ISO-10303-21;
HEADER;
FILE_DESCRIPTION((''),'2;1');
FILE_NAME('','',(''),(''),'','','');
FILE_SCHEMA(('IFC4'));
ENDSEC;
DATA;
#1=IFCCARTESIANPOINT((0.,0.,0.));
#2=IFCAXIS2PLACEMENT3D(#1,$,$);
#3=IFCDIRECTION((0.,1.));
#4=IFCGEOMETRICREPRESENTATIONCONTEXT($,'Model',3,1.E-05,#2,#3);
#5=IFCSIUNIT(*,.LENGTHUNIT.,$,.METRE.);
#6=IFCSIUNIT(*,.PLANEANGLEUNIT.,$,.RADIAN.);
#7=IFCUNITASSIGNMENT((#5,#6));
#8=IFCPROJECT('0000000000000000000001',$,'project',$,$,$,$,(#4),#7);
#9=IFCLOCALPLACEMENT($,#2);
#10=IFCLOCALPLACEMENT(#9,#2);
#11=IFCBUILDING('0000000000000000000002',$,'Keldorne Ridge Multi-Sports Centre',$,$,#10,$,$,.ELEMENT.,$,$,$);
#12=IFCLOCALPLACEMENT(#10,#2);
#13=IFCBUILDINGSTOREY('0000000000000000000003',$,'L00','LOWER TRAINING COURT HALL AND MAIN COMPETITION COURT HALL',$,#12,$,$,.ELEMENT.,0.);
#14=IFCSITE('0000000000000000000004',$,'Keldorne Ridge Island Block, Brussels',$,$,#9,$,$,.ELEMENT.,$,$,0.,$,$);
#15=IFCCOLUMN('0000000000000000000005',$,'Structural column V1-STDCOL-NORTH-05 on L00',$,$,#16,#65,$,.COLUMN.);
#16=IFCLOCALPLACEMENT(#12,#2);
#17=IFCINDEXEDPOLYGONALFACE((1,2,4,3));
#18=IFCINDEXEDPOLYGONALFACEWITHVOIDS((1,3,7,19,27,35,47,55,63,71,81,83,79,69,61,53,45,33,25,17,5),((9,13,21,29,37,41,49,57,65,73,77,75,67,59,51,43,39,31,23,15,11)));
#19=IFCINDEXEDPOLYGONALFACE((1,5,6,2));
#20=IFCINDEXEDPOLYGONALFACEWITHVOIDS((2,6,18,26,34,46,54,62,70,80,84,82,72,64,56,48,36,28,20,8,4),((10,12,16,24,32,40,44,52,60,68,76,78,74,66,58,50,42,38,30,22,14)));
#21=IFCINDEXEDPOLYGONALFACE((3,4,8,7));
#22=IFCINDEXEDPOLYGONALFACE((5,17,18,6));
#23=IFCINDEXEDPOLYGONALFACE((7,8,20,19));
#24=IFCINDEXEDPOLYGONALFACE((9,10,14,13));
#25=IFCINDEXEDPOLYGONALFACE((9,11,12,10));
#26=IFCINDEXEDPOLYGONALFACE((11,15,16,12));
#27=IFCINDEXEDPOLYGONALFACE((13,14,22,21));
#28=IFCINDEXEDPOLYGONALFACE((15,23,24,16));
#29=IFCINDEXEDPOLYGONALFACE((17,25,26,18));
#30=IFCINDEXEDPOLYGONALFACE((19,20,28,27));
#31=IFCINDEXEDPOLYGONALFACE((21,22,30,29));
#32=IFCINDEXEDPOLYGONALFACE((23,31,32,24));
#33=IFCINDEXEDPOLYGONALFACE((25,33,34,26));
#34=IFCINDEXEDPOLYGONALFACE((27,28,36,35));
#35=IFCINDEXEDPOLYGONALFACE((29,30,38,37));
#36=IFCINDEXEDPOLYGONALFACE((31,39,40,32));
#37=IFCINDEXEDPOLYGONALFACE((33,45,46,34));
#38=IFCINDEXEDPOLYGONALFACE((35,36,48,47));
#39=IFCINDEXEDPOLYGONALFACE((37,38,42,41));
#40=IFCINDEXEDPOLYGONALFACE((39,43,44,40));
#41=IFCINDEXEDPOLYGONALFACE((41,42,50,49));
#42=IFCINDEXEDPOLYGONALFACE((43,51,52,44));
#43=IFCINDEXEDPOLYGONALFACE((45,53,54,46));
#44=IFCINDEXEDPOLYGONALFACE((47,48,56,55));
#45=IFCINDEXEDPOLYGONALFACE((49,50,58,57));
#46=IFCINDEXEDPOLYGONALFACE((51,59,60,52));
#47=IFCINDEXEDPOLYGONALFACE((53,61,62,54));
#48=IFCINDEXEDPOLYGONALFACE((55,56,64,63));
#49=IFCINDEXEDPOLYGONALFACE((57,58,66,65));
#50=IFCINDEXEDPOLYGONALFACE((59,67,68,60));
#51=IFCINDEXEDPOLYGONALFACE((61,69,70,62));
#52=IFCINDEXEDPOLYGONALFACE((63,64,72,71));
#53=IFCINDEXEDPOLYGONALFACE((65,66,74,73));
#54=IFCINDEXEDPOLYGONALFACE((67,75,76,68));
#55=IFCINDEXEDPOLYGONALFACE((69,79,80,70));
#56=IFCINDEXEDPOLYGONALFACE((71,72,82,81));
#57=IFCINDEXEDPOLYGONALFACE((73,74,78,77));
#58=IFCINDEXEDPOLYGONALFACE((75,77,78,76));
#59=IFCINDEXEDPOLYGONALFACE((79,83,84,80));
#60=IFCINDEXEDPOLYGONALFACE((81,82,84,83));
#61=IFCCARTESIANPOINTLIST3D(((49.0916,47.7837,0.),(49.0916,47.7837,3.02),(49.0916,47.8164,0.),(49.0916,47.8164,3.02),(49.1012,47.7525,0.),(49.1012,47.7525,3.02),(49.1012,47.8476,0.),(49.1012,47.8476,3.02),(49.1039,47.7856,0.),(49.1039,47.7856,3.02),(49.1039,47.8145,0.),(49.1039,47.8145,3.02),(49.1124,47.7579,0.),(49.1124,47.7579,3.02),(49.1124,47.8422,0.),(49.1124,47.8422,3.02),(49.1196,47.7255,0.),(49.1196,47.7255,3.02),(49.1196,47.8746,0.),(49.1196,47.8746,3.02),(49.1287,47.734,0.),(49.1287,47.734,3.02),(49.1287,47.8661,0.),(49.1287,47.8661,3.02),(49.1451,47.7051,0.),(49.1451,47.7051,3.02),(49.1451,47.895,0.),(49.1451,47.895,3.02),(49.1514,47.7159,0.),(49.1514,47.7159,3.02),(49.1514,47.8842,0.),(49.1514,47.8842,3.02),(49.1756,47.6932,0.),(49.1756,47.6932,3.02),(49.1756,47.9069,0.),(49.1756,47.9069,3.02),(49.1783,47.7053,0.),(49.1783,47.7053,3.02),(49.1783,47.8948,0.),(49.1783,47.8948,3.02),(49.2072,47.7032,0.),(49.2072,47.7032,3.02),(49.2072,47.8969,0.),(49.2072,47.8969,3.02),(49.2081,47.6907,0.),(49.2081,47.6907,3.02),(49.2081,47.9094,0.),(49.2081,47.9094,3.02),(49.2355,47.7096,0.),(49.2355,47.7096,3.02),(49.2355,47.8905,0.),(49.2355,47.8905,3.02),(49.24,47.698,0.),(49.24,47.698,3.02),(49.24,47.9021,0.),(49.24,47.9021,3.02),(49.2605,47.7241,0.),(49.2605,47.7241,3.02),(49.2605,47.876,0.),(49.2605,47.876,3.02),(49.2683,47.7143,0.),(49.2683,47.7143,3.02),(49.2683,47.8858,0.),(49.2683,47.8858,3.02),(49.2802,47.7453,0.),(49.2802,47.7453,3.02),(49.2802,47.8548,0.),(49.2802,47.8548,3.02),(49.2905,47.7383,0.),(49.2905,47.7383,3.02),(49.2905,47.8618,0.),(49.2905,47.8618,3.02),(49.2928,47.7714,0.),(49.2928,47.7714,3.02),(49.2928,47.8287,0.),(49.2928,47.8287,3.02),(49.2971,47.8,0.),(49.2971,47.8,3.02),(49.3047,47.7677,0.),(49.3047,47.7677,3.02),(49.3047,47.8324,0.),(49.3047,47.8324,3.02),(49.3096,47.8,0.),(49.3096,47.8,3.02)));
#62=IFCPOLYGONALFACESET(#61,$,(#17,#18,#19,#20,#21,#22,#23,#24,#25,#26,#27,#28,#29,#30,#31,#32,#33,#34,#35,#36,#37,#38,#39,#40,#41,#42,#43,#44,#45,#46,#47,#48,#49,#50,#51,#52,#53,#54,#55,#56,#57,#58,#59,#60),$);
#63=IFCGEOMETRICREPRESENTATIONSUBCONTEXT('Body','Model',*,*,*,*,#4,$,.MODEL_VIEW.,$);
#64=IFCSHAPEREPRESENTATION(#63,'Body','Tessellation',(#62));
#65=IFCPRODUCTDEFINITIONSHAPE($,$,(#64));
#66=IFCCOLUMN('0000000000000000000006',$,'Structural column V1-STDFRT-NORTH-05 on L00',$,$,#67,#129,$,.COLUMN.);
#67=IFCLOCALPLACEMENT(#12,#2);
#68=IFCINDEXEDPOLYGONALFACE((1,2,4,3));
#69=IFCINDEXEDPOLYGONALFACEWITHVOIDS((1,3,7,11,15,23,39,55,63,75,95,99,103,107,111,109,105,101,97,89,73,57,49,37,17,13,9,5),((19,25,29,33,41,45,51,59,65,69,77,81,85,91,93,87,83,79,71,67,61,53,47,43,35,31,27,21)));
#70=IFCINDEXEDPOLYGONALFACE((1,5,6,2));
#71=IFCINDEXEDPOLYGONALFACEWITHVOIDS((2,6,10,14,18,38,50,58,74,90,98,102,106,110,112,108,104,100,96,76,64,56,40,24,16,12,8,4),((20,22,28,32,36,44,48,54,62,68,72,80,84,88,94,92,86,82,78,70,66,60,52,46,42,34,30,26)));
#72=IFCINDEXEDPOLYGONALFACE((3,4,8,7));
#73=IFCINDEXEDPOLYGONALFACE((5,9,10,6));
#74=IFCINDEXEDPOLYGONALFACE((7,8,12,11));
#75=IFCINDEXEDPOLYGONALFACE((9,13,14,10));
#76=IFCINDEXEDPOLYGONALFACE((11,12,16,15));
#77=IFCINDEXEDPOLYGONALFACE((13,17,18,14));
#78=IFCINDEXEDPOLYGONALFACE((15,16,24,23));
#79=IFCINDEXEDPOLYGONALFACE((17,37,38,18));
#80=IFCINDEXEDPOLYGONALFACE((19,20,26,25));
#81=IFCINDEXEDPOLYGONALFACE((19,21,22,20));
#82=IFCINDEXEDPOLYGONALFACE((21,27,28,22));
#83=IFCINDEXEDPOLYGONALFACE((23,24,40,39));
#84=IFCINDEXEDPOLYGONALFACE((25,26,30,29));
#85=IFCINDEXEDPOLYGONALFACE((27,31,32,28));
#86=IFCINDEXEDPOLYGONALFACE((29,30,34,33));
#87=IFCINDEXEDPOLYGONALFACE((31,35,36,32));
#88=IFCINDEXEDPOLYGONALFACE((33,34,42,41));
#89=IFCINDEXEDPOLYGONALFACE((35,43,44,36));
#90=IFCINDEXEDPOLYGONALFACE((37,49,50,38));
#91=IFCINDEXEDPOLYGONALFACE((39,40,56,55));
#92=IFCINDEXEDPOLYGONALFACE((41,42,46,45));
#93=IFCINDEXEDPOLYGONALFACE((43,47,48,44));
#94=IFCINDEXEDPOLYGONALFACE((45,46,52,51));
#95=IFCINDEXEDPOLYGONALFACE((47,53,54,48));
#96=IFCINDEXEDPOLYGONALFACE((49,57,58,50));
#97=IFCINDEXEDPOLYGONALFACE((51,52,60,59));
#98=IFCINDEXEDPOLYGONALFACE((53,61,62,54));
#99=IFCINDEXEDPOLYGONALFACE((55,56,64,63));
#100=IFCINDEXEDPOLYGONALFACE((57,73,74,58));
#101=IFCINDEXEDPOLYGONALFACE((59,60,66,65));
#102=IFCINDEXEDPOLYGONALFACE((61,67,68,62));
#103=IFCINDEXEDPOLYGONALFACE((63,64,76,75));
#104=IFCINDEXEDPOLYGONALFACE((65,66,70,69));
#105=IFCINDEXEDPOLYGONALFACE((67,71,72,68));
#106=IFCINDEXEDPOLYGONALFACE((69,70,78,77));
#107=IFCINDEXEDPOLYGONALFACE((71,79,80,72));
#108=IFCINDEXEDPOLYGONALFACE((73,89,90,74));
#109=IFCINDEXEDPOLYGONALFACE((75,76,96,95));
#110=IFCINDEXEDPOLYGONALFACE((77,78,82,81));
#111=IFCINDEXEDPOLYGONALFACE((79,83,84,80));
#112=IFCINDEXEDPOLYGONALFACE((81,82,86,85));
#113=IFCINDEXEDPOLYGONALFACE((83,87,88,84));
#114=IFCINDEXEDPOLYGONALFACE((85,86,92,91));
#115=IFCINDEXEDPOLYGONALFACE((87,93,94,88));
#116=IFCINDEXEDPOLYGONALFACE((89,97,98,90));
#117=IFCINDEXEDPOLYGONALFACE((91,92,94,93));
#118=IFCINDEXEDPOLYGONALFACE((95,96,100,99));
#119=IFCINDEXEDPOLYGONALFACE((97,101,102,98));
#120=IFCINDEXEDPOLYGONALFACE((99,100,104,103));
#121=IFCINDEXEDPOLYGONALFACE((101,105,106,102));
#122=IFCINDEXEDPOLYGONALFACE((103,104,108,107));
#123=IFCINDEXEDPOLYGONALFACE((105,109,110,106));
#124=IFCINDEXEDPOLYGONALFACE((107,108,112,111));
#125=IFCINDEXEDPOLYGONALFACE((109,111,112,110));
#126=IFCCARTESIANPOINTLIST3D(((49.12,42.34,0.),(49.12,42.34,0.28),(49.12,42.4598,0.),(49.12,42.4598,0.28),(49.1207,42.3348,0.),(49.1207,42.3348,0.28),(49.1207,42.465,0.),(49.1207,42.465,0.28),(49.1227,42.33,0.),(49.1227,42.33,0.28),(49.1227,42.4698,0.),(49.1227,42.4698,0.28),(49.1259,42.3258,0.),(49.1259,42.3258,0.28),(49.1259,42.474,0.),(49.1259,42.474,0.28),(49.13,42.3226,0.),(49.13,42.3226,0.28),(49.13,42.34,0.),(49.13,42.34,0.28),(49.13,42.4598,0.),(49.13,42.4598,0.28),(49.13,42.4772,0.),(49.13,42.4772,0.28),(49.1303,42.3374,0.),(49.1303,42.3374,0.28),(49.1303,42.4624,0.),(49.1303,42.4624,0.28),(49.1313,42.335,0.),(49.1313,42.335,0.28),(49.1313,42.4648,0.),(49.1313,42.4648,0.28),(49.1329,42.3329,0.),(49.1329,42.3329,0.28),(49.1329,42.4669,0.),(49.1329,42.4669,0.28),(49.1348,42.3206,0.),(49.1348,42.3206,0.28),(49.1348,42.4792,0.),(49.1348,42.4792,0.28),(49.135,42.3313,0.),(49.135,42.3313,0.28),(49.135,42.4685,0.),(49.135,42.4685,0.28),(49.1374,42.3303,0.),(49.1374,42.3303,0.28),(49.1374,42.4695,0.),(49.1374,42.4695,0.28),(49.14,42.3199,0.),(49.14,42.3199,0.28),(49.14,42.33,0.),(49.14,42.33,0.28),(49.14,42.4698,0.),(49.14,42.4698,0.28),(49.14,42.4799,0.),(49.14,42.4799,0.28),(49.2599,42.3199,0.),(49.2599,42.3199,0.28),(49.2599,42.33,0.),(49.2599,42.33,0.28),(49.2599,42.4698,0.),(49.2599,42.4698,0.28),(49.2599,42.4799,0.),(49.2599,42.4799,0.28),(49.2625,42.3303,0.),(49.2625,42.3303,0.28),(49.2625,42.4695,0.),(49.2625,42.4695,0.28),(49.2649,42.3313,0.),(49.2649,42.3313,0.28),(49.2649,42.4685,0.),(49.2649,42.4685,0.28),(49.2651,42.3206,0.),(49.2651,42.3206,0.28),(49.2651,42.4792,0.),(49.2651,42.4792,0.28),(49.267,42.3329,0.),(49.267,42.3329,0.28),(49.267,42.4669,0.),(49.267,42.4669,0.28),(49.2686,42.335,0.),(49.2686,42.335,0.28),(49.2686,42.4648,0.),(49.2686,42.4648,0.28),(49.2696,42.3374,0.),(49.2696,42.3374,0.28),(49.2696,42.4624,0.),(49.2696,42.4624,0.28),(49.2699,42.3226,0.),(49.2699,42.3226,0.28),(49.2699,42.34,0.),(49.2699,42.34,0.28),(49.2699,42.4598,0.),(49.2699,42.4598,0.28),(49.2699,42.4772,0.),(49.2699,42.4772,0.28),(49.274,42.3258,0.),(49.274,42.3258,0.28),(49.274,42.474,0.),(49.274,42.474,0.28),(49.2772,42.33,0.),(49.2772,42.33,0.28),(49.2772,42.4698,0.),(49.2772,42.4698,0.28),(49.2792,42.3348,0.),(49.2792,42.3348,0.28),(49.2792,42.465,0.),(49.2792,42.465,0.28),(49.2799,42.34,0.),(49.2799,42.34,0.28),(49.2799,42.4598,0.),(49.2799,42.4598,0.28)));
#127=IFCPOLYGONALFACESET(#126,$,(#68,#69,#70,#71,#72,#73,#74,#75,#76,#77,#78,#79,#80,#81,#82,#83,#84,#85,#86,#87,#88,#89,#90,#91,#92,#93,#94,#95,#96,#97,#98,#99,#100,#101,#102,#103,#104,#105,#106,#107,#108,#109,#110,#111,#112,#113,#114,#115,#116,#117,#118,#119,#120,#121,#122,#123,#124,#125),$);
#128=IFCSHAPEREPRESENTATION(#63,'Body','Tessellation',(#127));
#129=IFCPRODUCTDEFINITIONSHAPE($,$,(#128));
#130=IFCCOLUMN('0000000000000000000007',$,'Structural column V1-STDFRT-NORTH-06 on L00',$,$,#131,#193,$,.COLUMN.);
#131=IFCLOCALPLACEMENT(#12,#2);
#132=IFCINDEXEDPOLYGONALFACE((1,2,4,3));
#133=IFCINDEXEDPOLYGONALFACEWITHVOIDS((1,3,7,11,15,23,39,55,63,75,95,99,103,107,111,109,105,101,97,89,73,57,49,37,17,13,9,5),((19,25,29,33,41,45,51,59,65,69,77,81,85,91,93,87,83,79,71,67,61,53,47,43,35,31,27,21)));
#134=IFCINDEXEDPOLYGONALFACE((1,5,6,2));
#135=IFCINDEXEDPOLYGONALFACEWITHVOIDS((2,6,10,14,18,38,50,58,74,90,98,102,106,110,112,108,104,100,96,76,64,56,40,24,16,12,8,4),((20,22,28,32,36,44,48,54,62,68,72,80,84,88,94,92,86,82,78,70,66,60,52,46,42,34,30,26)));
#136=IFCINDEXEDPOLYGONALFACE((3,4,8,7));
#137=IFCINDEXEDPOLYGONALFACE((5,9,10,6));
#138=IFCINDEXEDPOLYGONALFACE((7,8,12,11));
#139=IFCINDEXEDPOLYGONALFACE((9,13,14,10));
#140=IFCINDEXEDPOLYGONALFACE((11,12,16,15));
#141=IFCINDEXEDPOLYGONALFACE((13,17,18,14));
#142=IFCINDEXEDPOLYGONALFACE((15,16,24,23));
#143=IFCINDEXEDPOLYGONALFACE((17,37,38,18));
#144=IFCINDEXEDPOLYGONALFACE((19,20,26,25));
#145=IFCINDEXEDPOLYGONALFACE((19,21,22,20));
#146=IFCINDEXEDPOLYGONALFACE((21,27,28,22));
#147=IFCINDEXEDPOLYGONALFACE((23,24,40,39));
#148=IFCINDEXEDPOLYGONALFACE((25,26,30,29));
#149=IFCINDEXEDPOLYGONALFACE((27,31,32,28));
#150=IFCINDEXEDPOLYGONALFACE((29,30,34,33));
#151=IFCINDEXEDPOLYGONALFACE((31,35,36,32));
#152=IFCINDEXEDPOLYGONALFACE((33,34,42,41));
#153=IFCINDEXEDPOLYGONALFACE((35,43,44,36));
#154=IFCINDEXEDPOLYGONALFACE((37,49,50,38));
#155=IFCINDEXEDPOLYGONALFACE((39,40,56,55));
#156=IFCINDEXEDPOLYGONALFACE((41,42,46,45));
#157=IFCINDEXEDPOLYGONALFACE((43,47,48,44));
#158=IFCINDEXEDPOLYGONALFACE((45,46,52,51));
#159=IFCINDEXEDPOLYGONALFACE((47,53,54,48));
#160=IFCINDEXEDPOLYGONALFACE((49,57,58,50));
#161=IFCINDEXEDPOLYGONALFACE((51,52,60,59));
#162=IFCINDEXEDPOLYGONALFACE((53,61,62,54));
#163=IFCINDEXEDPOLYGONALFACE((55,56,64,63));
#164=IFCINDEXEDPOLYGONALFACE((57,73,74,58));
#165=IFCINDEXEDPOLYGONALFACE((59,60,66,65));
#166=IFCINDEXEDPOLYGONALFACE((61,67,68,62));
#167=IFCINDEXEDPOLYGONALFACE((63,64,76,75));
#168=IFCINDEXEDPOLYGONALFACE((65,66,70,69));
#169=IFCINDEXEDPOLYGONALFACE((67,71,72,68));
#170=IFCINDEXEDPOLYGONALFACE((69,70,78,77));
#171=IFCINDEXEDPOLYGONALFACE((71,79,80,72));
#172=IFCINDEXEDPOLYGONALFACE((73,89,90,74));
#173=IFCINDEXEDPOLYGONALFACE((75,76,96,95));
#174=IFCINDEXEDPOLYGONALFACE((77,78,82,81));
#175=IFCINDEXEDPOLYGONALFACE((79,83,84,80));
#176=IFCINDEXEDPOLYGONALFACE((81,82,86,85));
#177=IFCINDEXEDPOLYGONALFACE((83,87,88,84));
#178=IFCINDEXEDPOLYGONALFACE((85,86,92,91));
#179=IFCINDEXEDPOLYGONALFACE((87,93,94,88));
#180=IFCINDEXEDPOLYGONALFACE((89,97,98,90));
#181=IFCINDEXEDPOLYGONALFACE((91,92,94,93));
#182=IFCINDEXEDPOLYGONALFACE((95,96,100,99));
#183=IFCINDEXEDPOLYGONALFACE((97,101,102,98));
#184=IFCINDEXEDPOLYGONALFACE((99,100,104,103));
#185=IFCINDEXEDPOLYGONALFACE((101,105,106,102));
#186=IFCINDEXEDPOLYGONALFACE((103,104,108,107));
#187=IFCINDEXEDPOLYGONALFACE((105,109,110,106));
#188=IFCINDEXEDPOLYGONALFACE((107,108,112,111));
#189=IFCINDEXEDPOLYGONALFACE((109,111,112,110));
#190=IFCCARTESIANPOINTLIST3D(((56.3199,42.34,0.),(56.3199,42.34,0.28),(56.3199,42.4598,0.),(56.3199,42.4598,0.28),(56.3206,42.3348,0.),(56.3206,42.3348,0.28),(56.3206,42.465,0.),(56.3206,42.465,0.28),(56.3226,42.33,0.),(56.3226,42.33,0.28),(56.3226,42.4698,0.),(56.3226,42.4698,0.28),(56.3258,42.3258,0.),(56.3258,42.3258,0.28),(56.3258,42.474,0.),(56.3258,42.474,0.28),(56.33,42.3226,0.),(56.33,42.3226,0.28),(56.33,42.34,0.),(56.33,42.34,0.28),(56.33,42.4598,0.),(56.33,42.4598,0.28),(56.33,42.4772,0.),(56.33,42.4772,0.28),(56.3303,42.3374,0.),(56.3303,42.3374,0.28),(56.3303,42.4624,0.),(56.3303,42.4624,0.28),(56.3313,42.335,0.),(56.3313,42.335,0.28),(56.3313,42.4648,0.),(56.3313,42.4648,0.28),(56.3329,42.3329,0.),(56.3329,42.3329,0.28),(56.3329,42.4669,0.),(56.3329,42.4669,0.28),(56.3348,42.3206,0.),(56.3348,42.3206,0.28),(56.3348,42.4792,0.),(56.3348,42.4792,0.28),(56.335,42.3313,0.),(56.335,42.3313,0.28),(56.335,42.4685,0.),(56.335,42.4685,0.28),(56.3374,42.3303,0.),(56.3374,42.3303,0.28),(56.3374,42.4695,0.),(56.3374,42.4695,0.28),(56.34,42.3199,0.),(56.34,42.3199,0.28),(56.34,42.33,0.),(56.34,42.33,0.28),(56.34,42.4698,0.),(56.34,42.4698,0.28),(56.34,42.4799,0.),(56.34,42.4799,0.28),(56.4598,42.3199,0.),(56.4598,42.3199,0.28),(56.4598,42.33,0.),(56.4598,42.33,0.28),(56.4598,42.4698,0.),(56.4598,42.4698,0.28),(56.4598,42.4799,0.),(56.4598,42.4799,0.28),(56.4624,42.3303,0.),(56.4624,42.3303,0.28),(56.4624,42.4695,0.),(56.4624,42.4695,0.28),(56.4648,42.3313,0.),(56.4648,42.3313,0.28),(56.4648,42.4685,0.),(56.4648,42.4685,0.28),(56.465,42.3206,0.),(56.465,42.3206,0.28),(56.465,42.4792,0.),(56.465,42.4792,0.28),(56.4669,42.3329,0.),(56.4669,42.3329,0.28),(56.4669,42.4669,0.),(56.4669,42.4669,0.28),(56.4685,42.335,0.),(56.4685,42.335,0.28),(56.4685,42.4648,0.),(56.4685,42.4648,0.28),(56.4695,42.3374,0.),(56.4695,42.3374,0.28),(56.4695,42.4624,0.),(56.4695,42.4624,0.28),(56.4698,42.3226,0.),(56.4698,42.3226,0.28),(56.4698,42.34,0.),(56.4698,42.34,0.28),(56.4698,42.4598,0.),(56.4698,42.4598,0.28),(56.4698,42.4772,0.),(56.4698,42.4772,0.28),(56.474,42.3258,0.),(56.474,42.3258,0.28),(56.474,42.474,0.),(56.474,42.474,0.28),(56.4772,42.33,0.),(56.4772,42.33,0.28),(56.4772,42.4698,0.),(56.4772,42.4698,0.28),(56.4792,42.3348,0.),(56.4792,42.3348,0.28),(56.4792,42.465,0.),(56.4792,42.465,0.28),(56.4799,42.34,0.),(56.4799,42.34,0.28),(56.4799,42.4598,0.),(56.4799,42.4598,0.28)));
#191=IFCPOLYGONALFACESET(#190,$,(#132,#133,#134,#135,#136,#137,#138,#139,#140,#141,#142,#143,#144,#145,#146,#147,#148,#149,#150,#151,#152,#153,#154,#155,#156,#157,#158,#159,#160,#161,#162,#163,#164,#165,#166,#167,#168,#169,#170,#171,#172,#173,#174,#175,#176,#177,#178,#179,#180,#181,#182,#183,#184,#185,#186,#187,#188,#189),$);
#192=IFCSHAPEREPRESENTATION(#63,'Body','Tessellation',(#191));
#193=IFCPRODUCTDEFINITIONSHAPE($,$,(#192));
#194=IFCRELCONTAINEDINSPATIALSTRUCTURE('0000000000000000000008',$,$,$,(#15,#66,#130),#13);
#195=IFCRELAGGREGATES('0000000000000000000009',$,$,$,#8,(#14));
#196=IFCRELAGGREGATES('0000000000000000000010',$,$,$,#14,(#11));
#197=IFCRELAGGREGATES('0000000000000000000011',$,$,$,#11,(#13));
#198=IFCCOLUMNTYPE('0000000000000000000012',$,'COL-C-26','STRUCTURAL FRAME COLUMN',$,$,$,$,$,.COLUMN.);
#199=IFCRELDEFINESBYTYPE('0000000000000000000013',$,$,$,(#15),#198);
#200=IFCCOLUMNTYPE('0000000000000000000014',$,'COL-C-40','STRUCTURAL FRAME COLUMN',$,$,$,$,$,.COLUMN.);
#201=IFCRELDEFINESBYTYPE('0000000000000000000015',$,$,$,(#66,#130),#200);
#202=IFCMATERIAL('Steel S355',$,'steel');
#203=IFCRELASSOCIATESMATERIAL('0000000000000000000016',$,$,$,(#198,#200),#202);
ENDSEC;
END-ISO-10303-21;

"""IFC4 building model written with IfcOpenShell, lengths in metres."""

from ifc_helpers import new_model, si_unit, direction, frame, origin, origin_2d, place, context, subcontext, project, spatial, hollow_rectangle, hollow_circle, extrude, material, material_profile, profile_set, type_object, element, save


model = new_model("IFC4")

# Units and contexts
model_context = context("Model", 3, precision=1e-05, world=origin(), true_north=direction((0.0, 1.0)))
body_context = subcontext(model_context, "Body", "Model", "MODEL_VIEW")
ifc_project = project(units=[si_unit("LENGTHUNIT", "METRE"), si_unit("PLANEANGLEUNIT", "RADIAN")], contexts=[model_context])

# Site, building, storey
site_placement = place(None, origin())
site = spatial("IfcSite", under=ifc_project, at=site_placement, Name="Keldorne Ridge Island Block, Brussels", CompositionType="ELEMENT", RefElevation=0.0)
building_placement = place(site_placement, origin())
building = spatial("IfcBuilding", under=site, at=building_placement, Name="Keldorne Ridge Multi-Sports Centre", CompositionType="ELEMENT")
storey_placement = place(building_placement, origin())
storey = spatial("IfcBuildingStorey", under=building, at=storey_placement, Name="L00", Description="LOWER TRAINING COURT HALL AND MAIN COMPETITION COURT HALL", CompositionType="ELEMENT", Elevation=0.0)

# Columns
ifc_material_1 = material(Name="Steel S355", Category="steel")
ifc_material_profile_1 = material_profile(ifc_material_1, hollow_circle(Radius=0.1096, WallThickness=0.0125, at=origin_2d()), Name="CHS 219.1x12.5")
ifc_profile_set_1 = profile_set([ifc_material_profile_1], Name="Steel S355")
column_type_1 = type_object("IfcColumnType", Name="COL-C-26", Description="STRUCTURAL FRAME COLUMN", PredefinedType="COLUMN", material=ifc_profile_set_1)
column_1_placement = place(storey_placement, frame((49.2, 47.8, 0.0), z_axis=(0.0, 0.0, 1.0), x_axis=(1.0, 0.0, 0.0)))
element("IfcColumn", 1, at=column_1_placement, inside=storey, type_object=column_type_1, Name="Structural column V1-STDCOL-NORTH-05 on L00", PredefinedType="COLUMN", context=body_context, shape_type="SweptSolid", body=[
    extrude(hollow_circle(Radius=0.1096, WallThickness=0.0125, at=origin_2d()), origin(), (0.0, 0.0, 1.0), 3.02),
])
ifc_material_profile_2 = material_profile(ifc_material_1, hollow_rectangle(XDim=0.1599, YDim=0.1599, WallThickness=0.01, InnerFilletRadius=0.01, OuterFilletRadius=0.02, at=origin_2d()), Name="SHS 160x160x10")
ifc_profile_set_2 = profile_set([ifc_material_profile_2], Name="Steel S355")
column_type_2 = type_object("IfcColumnType", Name="COL-C-40", Description="STRUCTURAL FRAME COLUMN", PredefinedType="COLUMN", material=ifc_profile_set_2)
for number, where, z_axis, x_axis, name in (
    (2, (49.2, 42.3999, 0.0), (0.0, 0.0, 1.0), (1.0, 0.0, 0.0), "Structural column V1-STDFRT-NORTH-05 on L00"),
    (3, (56.3999, 42.3999, 0.0), (0.0, 0.0, 1.0), (1.0, 0.0, 0.0), "Structural column V1-STDFRT-NORTH-06 on L00"),
):
    element("IfcColumn", number, at=place(storey_placement, frame(where, z_axis=z_axis, x_axis=x_axis)), inside=storey, type_object=column_type_2, Name=name, PredefinedType="COLUMN", context=body_context, shape_type="SweptSolid", body=[
        extrude(hollow_rectangle(XDim=0.1599, YDim=0.1599, WallThickness=0.01, InnerFilletRadius=0.01, OuterFilletRadius=0.02, at=origin_2d()), origin(), (0.0, 0.0, 1.0), 0.28),
    ])

save(model, "model.ifc")
